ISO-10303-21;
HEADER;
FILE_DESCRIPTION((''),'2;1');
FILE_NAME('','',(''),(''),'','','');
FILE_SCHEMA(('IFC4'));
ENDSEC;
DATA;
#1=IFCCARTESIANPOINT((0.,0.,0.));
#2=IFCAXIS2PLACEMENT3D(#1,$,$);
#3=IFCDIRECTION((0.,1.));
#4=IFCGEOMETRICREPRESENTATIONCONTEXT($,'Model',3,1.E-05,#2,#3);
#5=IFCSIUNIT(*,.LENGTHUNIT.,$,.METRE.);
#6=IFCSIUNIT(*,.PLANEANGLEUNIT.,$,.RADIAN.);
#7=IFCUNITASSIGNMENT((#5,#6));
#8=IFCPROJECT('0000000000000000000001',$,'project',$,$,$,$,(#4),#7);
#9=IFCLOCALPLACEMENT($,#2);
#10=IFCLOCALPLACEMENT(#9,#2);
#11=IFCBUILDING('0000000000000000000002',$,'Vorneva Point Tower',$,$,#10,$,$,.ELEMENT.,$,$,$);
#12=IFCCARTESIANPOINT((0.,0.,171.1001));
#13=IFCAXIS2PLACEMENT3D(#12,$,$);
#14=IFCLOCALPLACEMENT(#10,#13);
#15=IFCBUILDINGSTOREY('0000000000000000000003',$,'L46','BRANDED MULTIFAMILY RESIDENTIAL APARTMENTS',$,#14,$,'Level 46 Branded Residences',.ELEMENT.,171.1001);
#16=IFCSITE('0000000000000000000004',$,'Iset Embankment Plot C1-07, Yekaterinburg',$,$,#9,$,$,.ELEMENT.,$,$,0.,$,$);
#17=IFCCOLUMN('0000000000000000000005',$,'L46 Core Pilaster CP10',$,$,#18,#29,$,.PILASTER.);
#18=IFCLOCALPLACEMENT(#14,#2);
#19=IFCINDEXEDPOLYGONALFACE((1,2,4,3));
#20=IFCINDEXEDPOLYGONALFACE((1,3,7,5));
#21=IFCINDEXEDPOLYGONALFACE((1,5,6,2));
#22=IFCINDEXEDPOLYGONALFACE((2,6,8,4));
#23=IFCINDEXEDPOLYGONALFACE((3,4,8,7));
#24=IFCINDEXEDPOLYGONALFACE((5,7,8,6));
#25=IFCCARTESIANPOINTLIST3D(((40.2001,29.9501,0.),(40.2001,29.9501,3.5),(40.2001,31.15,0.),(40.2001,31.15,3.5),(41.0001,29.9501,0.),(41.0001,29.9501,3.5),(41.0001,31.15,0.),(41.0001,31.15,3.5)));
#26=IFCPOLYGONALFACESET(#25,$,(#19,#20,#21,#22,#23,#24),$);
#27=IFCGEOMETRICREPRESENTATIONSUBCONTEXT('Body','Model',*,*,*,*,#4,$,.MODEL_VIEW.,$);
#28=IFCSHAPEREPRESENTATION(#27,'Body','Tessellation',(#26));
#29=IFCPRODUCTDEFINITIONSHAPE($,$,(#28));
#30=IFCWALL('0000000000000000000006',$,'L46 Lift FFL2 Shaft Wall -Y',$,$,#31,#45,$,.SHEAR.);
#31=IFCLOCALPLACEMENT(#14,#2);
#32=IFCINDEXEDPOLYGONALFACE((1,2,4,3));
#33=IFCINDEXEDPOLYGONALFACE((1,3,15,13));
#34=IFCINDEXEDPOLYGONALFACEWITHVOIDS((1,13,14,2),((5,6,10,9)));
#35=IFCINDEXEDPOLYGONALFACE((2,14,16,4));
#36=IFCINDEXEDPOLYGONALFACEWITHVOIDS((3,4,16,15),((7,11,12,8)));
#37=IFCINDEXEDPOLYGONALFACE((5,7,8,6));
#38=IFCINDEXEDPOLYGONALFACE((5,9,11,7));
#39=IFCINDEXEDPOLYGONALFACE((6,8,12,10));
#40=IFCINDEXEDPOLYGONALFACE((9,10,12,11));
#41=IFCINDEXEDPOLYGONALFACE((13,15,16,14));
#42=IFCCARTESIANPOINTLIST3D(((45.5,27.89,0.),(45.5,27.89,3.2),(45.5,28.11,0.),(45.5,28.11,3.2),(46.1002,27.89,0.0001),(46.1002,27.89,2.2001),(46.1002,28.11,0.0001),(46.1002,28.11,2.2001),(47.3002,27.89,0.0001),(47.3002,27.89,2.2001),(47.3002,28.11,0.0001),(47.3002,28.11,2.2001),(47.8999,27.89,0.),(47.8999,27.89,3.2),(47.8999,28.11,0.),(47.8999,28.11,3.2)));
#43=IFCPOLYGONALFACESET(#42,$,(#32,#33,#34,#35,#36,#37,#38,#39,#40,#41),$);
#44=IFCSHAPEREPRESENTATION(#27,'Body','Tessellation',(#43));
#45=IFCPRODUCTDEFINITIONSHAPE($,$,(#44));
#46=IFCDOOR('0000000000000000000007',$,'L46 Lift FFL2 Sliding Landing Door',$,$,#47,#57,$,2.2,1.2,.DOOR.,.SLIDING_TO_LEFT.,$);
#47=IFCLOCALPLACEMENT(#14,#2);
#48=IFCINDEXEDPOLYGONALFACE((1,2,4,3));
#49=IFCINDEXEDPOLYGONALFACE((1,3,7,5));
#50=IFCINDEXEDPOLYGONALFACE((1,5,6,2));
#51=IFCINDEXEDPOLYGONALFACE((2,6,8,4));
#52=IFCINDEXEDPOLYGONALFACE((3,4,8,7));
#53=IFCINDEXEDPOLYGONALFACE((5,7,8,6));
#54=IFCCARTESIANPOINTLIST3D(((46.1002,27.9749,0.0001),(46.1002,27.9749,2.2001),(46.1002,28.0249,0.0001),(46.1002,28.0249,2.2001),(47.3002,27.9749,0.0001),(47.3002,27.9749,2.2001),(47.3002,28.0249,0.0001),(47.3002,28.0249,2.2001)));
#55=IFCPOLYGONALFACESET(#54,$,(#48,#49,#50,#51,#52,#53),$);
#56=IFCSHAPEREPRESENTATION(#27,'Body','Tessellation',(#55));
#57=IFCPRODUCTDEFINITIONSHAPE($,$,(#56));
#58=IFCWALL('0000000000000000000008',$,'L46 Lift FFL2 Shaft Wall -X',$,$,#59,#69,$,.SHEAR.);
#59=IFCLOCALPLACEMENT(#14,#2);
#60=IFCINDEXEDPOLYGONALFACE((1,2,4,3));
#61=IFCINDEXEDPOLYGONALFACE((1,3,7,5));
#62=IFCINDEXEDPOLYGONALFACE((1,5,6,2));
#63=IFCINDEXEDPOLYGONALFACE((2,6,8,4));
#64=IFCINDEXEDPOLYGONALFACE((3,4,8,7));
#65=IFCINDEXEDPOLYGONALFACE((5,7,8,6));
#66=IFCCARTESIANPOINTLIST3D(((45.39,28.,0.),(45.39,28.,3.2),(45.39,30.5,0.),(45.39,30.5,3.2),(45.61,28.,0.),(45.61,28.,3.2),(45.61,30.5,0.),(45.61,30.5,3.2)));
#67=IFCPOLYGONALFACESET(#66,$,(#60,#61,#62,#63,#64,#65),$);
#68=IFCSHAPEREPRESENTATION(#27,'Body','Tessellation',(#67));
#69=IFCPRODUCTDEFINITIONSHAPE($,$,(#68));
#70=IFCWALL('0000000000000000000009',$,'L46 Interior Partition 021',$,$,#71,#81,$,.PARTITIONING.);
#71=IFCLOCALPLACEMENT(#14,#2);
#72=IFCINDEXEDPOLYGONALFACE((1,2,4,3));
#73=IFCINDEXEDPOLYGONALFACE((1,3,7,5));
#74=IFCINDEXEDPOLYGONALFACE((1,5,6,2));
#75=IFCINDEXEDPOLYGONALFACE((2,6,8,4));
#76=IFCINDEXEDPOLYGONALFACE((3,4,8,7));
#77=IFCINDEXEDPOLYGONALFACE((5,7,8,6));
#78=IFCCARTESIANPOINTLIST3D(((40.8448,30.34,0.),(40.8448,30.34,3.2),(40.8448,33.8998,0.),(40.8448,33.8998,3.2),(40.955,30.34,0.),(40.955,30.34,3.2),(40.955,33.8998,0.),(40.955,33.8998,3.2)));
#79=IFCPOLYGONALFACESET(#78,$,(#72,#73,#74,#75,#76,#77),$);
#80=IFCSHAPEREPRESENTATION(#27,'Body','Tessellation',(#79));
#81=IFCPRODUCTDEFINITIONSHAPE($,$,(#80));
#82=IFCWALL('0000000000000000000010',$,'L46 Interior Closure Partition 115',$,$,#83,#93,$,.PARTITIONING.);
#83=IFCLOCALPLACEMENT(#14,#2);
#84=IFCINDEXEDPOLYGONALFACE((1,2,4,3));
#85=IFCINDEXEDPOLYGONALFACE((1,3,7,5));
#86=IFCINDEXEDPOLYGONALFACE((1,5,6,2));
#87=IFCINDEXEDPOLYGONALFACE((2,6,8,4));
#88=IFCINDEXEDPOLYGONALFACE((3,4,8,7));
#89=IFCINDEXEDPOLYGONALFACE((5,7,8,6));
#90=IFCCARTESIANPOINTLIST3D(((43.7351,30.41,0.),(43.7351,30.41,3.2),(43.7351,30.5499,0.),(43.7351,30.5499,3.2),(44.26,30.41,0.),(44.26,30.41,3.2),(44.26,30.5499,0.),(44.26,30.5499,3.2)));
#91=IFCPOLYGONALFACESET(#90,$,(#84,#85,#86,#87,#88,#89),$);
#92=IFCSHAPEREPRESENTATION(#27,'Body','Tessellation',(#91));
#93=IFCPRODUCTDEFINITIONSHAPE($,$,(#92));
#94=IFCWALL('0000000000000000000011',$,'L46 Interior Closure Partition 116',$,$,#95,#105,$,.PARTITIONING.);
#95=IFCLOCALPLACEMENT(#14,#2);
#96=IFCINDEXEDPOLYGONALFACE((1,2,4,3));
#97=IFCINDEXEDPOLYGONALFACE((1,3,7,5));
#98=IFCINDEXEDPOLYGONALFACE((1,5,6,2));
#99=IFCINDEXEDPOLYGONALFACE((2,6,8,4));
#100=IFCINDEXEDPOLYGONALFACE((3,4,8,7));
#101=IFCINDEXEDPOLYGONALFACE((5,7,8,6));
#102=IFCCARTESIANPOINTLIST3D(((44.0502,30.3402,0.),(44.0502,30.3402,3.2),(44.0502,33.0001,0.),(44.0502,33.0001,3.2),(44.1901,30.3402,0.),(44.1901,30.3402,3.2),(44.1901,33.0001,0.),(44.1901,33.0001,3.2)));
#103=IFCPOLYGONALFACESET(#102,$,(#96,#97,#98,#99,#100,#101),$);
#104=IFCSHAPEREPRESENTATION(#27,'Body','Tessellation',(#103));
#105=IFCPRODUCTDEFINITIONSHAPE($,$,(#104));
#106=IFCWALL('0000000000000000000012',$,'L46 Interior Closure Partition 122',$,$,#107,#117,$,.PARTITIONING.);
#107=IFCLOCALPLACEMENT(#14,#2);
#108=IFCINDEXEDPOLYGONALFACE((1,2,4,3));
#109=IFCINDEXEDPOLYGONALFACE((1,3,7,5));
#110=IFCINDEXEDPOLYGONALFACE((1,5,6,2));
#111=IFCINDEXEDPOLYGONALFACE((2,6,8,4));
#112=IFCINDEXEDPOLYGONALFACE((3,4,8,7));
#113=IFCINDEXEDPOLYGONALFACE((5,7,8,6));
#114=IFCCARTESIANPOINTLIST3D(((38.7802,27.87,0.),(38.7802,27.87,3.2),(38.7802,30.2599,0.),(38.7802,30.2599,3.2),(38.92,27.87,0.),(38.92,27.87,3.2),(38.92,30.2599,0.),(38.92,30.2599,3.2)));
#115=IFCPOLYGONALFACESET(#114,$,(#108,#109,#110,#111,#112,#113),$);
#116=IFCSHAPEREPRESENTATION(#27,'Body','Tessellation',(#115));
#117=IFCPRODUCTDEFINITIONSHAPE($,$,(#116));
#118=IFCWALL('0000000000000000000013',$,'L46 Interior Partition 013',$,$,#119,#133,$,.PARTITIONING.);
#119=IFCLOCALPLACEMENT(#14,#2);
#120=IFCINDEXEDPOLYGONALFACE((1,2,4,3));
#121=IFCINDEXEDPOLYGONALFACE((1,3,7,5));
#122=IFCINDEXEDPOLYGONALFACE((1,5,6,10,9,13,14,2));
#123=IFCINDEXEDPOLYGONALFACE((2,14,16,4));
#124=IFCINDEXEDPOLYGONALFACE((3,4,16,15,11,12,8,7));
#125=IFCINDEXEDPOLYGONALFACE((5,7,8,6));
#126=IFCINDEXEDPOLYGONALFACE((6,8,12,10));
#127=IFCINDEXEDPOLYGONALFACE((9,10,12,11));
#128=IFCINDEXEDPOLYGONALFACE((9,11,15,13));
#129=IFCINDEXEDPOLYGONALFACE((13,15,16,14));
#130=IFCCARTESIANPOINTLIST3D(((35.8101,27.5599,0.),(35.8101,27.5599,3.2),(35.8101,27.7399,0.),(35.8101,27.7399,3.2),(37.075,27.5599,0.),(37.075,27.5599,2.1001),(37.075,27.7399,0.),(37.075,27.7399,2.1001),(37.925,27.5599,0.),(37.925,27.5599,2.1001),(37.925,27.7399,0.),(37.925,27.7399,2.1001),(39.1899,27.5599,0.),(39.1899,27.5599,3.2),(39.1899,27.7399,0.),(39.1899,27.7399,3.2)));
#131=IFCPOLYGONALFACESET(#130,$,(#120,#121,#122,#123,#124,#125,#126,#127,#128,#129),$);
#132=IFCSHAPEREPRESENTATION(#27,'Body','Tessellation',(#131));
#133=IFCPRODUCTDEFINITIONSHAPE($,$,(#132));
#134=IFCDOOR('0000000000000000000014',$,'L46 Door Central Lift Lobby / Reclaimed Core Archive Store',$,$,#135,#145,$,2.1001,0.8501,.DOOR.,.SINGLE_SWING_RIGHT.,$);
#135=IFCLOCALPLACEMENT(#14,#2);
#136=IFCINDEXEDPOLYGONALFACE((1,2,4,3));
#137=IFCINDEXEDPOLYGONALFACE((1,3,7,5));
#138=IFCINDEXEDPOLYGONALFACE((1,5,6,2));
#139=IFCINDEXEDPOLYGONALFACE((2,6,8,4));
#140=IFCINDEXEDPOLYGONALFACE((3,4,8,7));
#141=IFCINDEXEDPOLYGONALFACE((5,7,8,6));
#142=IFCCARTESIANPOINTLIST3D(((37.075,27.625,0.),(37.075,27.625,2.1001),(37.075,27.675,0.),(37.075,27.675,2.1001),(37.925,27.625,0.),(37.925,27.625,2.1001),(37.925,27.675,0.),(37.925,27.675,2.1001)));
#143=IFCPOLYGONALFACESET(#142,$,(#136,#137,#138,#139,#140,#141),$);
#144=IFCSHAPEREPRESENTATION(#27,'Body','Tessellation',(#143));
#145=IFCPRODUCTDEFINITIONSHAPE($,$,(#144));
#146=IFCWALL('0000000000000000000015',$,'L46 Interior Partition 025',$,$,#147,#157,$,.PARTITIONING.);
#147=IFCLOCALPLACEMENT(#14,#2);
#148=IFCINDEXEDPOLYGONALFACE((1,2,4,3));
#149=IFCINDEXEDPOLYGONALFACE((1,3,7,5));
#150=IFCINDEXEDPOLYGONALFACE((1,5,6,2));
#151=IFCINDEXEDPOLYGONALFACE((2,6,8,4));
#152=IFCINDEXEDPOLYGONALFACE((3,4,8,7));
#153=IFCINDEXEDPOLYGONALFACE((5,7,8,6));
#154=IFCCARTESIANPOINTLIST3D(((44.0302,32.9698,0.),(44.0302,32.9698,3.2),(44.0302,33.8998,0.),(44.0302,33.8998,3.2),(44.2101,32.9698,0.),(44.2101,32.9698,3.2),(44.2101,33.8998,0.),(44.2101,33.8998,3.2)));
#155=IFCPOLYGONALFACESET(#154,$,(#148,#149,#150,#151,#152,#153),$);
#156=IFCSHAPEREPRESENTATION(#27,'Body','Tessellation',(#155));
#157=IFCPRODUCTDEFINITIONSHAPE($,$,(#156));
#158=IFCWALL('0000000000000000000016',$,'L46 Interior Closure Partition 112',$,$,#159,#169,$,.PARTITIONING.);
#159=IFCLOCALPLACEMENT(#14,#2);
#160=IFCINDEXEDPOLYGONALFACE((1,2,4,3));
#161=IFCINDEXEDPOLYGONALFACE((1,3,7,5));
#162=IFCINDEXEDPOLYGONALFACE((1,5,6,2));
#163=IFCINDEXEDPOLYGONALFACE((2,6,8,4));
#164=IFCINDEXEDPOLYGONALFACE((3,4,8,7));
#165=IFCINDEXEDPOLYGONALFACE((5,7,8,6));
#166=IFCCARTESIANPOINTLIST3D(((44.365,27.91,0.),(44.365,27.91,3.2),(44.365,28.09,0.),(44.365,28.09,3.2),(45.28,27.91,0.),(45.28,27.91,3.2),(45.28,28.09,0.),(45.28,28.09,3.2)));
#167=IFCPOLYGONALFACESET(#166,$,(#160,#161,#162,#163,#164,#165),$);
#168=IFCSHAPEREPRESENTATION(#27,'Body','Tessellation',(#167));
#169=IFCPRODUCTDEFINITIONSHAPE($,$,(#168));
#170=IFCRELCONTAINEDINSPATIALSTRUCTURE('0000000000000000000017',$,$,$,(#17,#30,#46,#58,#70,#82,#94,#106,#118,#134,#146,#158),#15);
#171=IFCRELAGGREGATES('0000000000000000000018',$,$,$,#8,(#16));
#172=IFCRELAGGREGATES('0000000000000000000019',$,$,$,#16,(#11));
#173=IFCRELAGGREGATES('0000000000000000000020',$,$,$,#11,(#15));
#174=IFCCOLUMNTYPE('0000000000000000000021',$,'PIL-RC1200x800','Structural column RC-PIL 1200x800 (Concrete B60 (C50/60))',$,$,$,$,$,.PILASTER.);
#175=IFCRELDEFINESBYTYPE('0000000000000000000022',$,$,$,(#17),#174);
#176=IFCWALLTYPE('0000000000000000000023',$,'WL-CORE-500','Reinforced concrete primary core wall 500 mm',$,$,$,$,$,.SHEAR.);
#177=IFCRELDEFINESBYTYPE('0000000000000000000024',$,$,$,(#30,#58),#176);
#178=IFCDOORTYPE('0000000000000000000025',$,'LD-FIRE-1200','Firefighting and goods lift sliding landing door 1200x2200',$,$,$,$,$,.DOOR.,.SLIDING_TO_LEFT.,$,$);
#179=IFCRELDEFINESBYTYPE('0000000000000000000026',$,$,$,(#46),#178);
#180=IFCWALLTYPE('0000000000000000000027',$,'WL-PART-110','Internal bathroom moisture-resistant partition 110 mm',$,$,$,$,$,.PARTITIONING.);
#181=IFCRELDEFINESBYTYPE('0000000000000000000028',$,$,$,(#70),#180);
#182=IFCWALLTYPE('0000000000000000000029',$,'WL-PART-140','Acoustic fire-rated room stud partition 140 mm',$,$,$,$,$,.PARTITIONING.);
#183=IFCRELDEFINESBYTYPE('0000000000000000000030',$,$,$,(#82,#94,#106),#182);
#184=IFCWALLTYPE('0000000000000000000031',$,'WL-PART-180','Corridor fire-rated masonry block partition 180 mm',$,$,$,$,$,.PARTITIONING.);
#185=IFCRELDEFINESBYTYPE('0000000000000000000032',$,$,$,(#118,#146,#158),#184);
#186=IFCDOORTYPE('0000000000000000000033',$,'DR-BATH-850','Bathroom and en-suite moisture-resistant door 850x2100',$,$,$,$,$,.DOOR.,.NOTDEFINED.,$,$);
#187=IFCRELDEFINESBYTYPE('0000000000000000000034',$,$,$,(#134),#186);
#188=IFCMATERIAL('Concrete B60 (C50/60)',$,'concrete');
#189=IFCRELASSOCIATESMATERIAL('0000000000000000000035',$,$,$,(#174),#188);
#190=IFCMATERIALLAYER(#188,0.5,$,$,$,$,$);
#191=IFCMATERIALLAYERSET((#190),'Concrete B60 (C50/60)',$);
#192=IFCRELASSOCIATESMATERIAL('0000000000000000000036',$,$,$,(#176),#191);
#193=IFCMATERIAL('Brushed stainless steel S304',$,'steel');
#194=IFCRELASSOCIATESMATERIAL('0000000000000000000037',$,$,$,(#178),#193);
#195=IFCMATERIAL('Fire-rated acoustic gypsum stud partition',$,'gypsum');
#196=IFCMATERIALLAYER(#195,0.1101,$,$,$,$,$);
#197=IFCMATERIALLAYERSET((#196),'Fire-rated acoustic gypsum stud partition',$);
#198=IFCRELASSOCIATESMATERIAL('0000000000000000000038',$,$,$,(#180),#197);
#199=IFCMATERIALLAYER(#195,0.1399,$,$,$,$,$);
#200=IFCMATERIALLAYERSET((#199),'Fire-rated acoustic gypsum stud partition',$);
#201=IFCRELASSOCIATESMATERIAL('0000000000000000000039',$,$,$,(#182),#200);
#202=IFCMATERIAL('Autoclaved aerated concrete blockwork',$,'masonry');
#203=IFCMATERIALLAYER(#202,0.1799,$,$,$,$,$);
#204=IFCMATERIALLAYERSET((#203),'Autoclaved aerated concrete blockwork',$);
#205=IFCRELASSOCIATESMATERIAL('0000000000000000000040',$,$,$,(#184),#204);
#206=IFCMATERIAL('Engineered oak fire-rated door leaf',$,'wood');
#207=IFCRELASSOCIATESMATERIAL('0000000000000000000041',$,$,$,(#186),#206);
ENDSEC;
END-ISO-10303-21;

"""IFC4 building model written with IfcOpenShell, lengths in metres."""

from ifc_helpers import new_model, si_unit, direction, frame, frame_2d, origin, origin_2d, place, context, subcontext, project, spatial, rectangle, extrude, material, layer, layer_set, material_profile, profile_set, type_object, element, fill, save


model = new_model("IFC4")

# Units and contexts
model_context = context("Model", 3, precision=1e-05, world=origin(), true_north=direction((0.0, 1.0)))
body_context = subcontext(model_context, "Body", "Model", "MODEL_VIEW")
ifc_project = project(units=[si_unit("LENGTHUNIT", "METRE"), si_unit("PLANEANGLEUNIT", "RADIAN")], contexts=[model_context])

# Site, building, storey
site_placement = place(None, origin())
site = spatial("IfcSite", under=ifc_project, at=site_placement, Name="Iset Embankment Plot C1-07, Yekaterinburg", CompositionType="ELEMENT", RefElevation=0.0)
building_placement = place(site_placement, origin())
building = spatial("IfcBuilding", under=site, at=building_placement, Name="Vorneva Point Tower", CompositionType="ELEMENT")
storey_placement = place(building_placement, frame((0.0, 0.0, 171.1001)))
storey = spatial("IfcBuildingStorey", under=building, at=storey_placement, Name="L46", Description="BRANDED MULTIFAMILY RESIDENTIAL APARTMENTS", LongName="Level 46 Branded Residences", CompositionType="ELEMENT", Elevation=171.1001)

# Column
ifc_material_1 = material(Name="Concrete B60 (C50/60)", Category="concrete")
ifc_material_profile = material_profile(ifc_material_1, rectangle(XDim=0.8, YDim=1.2, at=origin_2d()), Name="RC-PIL 1200x800")
ifc_profile_set = profile_set([ifc_material_profile], Name="Concrete B60 (C50/60)")
column_type = type_object("IfcColumnType", Name="PIL-RC1200x800", Description="Structural column RC-PIL 1200x800 (Concrete B60 (C50/60))", PredefinedType="PILASTER", material=ifc_profile_set)
column_placement = place(storey_placement, frame((40.6001, 30.55, 0.0), z_axis=(0.0, 0.0, 1.0), x_axis=(1.0, 0.0, 0.0)))
element("IfcColumn", 1, at=column_placement, inside=storey, type_object=column_type, Name="L46 Core Pilaster CP10", PredefinedType="PILASTER", context=body_context, shape_type="SweptSolid", body=[
    extrude(rectangle(XDim=0.8, YDim=1.2, at=origin_2d()), origin(), (0.0, 0.0, 1.0), 3.5),
])

# Wall, opening, door
ifc_layer_1 = layer(ifc_material_1, 0.5)
ifc_layer_set_1 = layer_set([ifc_layer_1], Name="Concrete B60 (C50/60)")
wall_type_1 = type_object("IfcWallType", Name="WL-CORE-500", Description="Reinforced concrete primary core wall 500 mm", PredefinedType="SHEAR", material=ifc_layer_set_1)
wall_1_placement = place(storey_placement, frame((45.5, 28.0, 0.0), z_axis=(0.0, 0.0, 1.0), x_axis=(1.0, 0.0, 0.0)))
wall_1 = element("IfcWall", 2, at=wall_1_placement, inside=storey, type_object=wall_type_1, Name="L46 Lift FFL2 Shaft Wall -Y", PredefinedType="SHEAR", context=body_context, shape_type="SweptSolid", body=[
    extrude(rectangle(XDim=2.3999, YDim=0.22, at=frame_2d((1.2, 0.0))), origin(), (0.0, 0.0, 1.0), 3.2),
])
opening_1_placement = place(wall_1_placement, frame((0.6001, 0.0, 0.0)))
opening_1 = element("IfcOpeningElement", 3, at=opening_1_placement, cuts=wall_1, PredefinedType="OPENING", context=body_context, shape_type="SweptSolid", body=[
    extrude(rectangle(XDim=1.2, YDim=2.2, at=frame_2d((0.6001, 1.1001))), frame((0.0, 0.125, 0.0), z_axis=(0.0, -1.0, 0.0), x_axis=(1.0, 0.0, 0.0)), (0.0, 0.0, 1.0), 0.2498),
])
ifc_material_2 = material(Name="Brushed stainless steel S304", Category="steel")
door_type_1 = type_object("IfcDoorType", Name="LD-FIRE-1200", Description="Firefighting and goods lift sliding landing door 1200x2200", OperationType="SLIDING_TO_LEFT", PredefinedType="DOOR", material=ifc_material_2)
door_1_placement = place(opening_1_placement, origin())
door_1 = element("IfcDoor", 4, at=door_1_placement, inside=storey, type_object=door_type_1, Name="L46 Lift FFL2 Sliding Landing Door", OperationType="SLIDING_TO_LEFT", OverallHeight=2.2, OverallWidth=1.2, PredefinedType="DOOR", context=body_context, shape_type="SweptSolid", body=[
    extrude(rectangle(XDim=1.2, YDim=2.2, at=frame_2d((0.6001, 1.1001))), frame((0.0, 0.0249, 0.0), z_axis=(0.0, -1.0, 0.0), x_axis=(1.0, 0.0, 0.0)), (0.0, 0.0, 1.0), 0.05),
])
fill(opening_1, door_1)

# Walls
wall_2_placement = place(storey_placement, frame((45.5, 30.5, 0.0), z_axis=(0.0, 0.0, 1.0), x_axis=(0.0, -1.0, 0.0)))
element("IfcWall", 5, at=wall_2_placement, inside=storey, type_object=wall_type_1, Name="L46 Lift FFL2 Shaft Wall -X", PredefinedType="SHEAR", context=body_context, shape_type="SweptSolid", body=[
    extrude(rectangle(XDim=2.5, YDim=0.22, at=frame_2d((1.25, 0.0))), origin(), (0.0, 0.0, 1.0), 3.2),
])
ifc_material_3 = material(Name="Fire-rated acoustic gypsum stud partition", Category="gypsum")
ifc_layer_2 = layer(ifc_material_3, 0.1101)
ifc_layer_set_2 = layer_set([ifc_layer_2], Name="Fire-rated acoustic gypsum stud partition")
wall_type_2 = type_object("IfcWallType", Name="WL-PART-110", Description="Internal bathroom moisture-resistant partition 110 mm", PredefinedType="PARTITIONING", material=ifc_layer_set_2)
wall_3_placement = place(storey_placement, frame((40.8999, 30.3401, 0.0), z_axis=(0.0, 0.0, 1.0), x_axis=(0.0, 1.0, 0.0)))
element("IfcWall", 6, at=wall_3_placement, inside=storey, type_object=wall_type_2, Name="L46 Interior Partition 021", PredefinedType="PARTITIONING", context=body_context, shape_type="SweptSolid", body=[
    extrude(rectangle(XDim=3.5598, YDim=0.1101, at=frame_2d((1.7798, 0.0))), origin(), (0.0, 0.0, 1.0), 3.2),
])
ifc_layer_3 = layer(ifc_material_3, 0.1399)
ifc_layer_set_3 = layer_set([ifc_layer_3], Name="Fire-rated acoustic gypsum stud partition")
wall_type_3 = type_object("IfcWallType", Name="WL-PART-140", Description="Acoustic fire-rated room stud partition 140 mm", PredefinedType="PARTITIONING", material=ifc_layer_set_3)
wall_4_placement = place(storey_placement, frame((43.7351, 30.48, 0.0), z_axis=(0.0, 0.0, 1.0), x_axis=(1.0, 0.0, 0.0)))
element("IfcWall", 7, at=wall_4_placement, inside=storey, type_object=wall_type_3, Name="L46 Interior Closure Partition 115", PredefinedType="PARTITIONING", context=body_context, shape_type="SweptSolid", body=[
    extrude(rectangle(XDim=0.5249, YDim=0.1399, at=frame_2d((0.2625, 0.0))), origin(), (0.0, 0.0, 1.0), 3.2),
])
wall_5_placement = place(storey_placement, frame((44.1201, 30.3401, 0.0), z_axis=(0.0, 0.0, 1.0), x_axis=(0.0, 1.0, 0.0)))
element("IfcWall", 8, at=wall_5_placement, inside=storey, type_object=wall_type_3, Name="L46 Interior Closure Partition 116", PredefinedType="PARTITIONING", context=body_context, shape_type="SweptSolid", body=[
    extrude(rectangle(XDim=2.6599, YDim=0.1399, at=frame_2d((1.3301, 0.0))), origin(), (0.0, 0.0, 1.0), 3.2),
])
wall_6_placement = place(storey_placement, frame((38.8501, 27.8701, 0.0), z_axis=(0.0, 0.0, 1.0), x_axis=(0.0, 1.0, 0.0)))
element("IfcWall", 9, at=wall_6_placement, inside=storey, type_object=wall_type_3, Name="L46 Interior Closure Partition 122", PredefinedType="PARTITIONING", context=body_context, shape_type="SweptSolid", body=[
    extrude(rectangle(XDim=2.3899, YDim=0.1399, at=frame_2d((1.1948, 0.0))), origin(), (0.0, 0.0, 1.0), 3.2),
])

# Wall, opening, door
ifc_material_4 = material(Name="Autoclaved aerated concrete blockwork", Category="masonry")
ifc_layer_4 = layer(ifc_material_4, 0.1799)
ifc_layer_set_4 = layer_set([ifc_layer_4], Name="Autoclaved aerated concrete blockwork")
wall_type_4 = type_object("IfcWallType", Name="WL-PART-180", Description="Corridor fire-rated masonry block partition 180 mm", PredefinedType="PARTITIONING", material=ifc_layer_set_4)
wall_7_placement = place(storey_placement, frame((39.1899, 27.6499, 0.0), z_axis=(0.0, 0.0, 1.0), x_axis=(-1.0, 0.0, 0.0)))
wall_7 = element("IfcWall", 10, at=wall_7_placement, inside=storey, type_object=wall_type_4, Name="L46 Interior Partition 013", PredefinedType="PARTITIONING", context=body_context, shape_type="SweptSolid", body=[
    extrude(rectangle(XDim=3.3799, YDim=0.1799, at=frame_2d((1.6899, 0.0))), origin(), (0.0, 0.0, 1.0), 3.2),
])
opening_2_placement = place(wall_7_placement, frame((1.2649, 0.0, 0.0)))
opening_2 = element("IfcOpeningElement", 11, at=opening_2_placement, cuts=wall_7, PredefinedType="OPENING", context=body_context, shape_type="SweptSolid", body=[
    extrude(rectangle(XDim=0.8501, YDim=2.1001, at=frame_2d((0.425, 1.05))), frame((0.0, 0.105, 0.0), z_axis=(0.0, -1.0, 0.0), x_axis=(1.0, 0.0, 0.0)), (0.0, 0.0, 1.0), 0.2097),
])
ifc_material_5 = material(Name="Engineered oak fire-rated door leaf", Category="wood")
door_type_2 = type_object("IfcDoorType", Name="DR-BATH-850", Description="Bathroom and en-suite moisture-resistant door 850x2100", OperationType="NOTDEFINED", PredefinedType="DOOR", material=ifc_material_5)
door_2_placement = place(opening_2_placement, origin())
door_2 = element("IfcDoor", 12, at=door_2_placement, inside=storey, type_object=door_type_2, Name="L46 Door Central Lift Lobby / Reclaimed Core Archive Store", OperationType="SINGLE_SWING_RIGHT", OverallHeight=2.1001, OverallWidth=0.8501, PredefinedType="DOOR", context=body_context, shape_type="SweptSolid", body=[
    extrude(rectangle(XDim=0.8501, YDim=2.1001, at=frame_2d((0.425, 1.05))), frame((0.0, 0.0249, 0.0), z_axis=(0.0, -1.0, 0.0), x_axis=(1.0, 0.0, 0.0)), (0.0, 0.0, 1.0), 0.05),
])
fill(opening_2, door_2)

# Walls
wall_8_placement = place(storey_placement, frame((44.1201, 32.97, 0.0), z_axis=(0.0, 0.0, 1.0), x_axis=(0.0, 1.0, 0.0)))
element("IfcWall", 13, at=wall_8_placement, inside=storey, type_object=wall_type_4, Name="L46 Interior Partition 025", PredefinedType="PARTITIONING", context=body_context, shape_type="SweptSolid", body=[
    extrude(rectangle(XDim=0.9299, YDim=0.1799, at=frame_2d((0.4648, 0.0))), origin(), (0.0, 0.0, 1.0), 3.2),
])
wall_9_placement = place(storey_placement, frame((45.28, 28.0, 0.0), z_axis=(0.0, 0.0, 1.0), x_axis=(-1.0, 0.0, 0.0)))
element("IfcWall", 14, at=wall_9_placement, inside=storey, type_object=wall_type_4, Name="L46 Interior Closure Partition 112", PredefinedType="PARTITIONING", context=body_context, shape_type="SweptSolid", body=[
    extrude(rectangle(XDim=0.915, YDim=0.1799, at=frame_2d((0.4575, 0.0))), origin(), (0.0, 0.0, 1.0), 3.2),
])

save(model, "model.ifc")
